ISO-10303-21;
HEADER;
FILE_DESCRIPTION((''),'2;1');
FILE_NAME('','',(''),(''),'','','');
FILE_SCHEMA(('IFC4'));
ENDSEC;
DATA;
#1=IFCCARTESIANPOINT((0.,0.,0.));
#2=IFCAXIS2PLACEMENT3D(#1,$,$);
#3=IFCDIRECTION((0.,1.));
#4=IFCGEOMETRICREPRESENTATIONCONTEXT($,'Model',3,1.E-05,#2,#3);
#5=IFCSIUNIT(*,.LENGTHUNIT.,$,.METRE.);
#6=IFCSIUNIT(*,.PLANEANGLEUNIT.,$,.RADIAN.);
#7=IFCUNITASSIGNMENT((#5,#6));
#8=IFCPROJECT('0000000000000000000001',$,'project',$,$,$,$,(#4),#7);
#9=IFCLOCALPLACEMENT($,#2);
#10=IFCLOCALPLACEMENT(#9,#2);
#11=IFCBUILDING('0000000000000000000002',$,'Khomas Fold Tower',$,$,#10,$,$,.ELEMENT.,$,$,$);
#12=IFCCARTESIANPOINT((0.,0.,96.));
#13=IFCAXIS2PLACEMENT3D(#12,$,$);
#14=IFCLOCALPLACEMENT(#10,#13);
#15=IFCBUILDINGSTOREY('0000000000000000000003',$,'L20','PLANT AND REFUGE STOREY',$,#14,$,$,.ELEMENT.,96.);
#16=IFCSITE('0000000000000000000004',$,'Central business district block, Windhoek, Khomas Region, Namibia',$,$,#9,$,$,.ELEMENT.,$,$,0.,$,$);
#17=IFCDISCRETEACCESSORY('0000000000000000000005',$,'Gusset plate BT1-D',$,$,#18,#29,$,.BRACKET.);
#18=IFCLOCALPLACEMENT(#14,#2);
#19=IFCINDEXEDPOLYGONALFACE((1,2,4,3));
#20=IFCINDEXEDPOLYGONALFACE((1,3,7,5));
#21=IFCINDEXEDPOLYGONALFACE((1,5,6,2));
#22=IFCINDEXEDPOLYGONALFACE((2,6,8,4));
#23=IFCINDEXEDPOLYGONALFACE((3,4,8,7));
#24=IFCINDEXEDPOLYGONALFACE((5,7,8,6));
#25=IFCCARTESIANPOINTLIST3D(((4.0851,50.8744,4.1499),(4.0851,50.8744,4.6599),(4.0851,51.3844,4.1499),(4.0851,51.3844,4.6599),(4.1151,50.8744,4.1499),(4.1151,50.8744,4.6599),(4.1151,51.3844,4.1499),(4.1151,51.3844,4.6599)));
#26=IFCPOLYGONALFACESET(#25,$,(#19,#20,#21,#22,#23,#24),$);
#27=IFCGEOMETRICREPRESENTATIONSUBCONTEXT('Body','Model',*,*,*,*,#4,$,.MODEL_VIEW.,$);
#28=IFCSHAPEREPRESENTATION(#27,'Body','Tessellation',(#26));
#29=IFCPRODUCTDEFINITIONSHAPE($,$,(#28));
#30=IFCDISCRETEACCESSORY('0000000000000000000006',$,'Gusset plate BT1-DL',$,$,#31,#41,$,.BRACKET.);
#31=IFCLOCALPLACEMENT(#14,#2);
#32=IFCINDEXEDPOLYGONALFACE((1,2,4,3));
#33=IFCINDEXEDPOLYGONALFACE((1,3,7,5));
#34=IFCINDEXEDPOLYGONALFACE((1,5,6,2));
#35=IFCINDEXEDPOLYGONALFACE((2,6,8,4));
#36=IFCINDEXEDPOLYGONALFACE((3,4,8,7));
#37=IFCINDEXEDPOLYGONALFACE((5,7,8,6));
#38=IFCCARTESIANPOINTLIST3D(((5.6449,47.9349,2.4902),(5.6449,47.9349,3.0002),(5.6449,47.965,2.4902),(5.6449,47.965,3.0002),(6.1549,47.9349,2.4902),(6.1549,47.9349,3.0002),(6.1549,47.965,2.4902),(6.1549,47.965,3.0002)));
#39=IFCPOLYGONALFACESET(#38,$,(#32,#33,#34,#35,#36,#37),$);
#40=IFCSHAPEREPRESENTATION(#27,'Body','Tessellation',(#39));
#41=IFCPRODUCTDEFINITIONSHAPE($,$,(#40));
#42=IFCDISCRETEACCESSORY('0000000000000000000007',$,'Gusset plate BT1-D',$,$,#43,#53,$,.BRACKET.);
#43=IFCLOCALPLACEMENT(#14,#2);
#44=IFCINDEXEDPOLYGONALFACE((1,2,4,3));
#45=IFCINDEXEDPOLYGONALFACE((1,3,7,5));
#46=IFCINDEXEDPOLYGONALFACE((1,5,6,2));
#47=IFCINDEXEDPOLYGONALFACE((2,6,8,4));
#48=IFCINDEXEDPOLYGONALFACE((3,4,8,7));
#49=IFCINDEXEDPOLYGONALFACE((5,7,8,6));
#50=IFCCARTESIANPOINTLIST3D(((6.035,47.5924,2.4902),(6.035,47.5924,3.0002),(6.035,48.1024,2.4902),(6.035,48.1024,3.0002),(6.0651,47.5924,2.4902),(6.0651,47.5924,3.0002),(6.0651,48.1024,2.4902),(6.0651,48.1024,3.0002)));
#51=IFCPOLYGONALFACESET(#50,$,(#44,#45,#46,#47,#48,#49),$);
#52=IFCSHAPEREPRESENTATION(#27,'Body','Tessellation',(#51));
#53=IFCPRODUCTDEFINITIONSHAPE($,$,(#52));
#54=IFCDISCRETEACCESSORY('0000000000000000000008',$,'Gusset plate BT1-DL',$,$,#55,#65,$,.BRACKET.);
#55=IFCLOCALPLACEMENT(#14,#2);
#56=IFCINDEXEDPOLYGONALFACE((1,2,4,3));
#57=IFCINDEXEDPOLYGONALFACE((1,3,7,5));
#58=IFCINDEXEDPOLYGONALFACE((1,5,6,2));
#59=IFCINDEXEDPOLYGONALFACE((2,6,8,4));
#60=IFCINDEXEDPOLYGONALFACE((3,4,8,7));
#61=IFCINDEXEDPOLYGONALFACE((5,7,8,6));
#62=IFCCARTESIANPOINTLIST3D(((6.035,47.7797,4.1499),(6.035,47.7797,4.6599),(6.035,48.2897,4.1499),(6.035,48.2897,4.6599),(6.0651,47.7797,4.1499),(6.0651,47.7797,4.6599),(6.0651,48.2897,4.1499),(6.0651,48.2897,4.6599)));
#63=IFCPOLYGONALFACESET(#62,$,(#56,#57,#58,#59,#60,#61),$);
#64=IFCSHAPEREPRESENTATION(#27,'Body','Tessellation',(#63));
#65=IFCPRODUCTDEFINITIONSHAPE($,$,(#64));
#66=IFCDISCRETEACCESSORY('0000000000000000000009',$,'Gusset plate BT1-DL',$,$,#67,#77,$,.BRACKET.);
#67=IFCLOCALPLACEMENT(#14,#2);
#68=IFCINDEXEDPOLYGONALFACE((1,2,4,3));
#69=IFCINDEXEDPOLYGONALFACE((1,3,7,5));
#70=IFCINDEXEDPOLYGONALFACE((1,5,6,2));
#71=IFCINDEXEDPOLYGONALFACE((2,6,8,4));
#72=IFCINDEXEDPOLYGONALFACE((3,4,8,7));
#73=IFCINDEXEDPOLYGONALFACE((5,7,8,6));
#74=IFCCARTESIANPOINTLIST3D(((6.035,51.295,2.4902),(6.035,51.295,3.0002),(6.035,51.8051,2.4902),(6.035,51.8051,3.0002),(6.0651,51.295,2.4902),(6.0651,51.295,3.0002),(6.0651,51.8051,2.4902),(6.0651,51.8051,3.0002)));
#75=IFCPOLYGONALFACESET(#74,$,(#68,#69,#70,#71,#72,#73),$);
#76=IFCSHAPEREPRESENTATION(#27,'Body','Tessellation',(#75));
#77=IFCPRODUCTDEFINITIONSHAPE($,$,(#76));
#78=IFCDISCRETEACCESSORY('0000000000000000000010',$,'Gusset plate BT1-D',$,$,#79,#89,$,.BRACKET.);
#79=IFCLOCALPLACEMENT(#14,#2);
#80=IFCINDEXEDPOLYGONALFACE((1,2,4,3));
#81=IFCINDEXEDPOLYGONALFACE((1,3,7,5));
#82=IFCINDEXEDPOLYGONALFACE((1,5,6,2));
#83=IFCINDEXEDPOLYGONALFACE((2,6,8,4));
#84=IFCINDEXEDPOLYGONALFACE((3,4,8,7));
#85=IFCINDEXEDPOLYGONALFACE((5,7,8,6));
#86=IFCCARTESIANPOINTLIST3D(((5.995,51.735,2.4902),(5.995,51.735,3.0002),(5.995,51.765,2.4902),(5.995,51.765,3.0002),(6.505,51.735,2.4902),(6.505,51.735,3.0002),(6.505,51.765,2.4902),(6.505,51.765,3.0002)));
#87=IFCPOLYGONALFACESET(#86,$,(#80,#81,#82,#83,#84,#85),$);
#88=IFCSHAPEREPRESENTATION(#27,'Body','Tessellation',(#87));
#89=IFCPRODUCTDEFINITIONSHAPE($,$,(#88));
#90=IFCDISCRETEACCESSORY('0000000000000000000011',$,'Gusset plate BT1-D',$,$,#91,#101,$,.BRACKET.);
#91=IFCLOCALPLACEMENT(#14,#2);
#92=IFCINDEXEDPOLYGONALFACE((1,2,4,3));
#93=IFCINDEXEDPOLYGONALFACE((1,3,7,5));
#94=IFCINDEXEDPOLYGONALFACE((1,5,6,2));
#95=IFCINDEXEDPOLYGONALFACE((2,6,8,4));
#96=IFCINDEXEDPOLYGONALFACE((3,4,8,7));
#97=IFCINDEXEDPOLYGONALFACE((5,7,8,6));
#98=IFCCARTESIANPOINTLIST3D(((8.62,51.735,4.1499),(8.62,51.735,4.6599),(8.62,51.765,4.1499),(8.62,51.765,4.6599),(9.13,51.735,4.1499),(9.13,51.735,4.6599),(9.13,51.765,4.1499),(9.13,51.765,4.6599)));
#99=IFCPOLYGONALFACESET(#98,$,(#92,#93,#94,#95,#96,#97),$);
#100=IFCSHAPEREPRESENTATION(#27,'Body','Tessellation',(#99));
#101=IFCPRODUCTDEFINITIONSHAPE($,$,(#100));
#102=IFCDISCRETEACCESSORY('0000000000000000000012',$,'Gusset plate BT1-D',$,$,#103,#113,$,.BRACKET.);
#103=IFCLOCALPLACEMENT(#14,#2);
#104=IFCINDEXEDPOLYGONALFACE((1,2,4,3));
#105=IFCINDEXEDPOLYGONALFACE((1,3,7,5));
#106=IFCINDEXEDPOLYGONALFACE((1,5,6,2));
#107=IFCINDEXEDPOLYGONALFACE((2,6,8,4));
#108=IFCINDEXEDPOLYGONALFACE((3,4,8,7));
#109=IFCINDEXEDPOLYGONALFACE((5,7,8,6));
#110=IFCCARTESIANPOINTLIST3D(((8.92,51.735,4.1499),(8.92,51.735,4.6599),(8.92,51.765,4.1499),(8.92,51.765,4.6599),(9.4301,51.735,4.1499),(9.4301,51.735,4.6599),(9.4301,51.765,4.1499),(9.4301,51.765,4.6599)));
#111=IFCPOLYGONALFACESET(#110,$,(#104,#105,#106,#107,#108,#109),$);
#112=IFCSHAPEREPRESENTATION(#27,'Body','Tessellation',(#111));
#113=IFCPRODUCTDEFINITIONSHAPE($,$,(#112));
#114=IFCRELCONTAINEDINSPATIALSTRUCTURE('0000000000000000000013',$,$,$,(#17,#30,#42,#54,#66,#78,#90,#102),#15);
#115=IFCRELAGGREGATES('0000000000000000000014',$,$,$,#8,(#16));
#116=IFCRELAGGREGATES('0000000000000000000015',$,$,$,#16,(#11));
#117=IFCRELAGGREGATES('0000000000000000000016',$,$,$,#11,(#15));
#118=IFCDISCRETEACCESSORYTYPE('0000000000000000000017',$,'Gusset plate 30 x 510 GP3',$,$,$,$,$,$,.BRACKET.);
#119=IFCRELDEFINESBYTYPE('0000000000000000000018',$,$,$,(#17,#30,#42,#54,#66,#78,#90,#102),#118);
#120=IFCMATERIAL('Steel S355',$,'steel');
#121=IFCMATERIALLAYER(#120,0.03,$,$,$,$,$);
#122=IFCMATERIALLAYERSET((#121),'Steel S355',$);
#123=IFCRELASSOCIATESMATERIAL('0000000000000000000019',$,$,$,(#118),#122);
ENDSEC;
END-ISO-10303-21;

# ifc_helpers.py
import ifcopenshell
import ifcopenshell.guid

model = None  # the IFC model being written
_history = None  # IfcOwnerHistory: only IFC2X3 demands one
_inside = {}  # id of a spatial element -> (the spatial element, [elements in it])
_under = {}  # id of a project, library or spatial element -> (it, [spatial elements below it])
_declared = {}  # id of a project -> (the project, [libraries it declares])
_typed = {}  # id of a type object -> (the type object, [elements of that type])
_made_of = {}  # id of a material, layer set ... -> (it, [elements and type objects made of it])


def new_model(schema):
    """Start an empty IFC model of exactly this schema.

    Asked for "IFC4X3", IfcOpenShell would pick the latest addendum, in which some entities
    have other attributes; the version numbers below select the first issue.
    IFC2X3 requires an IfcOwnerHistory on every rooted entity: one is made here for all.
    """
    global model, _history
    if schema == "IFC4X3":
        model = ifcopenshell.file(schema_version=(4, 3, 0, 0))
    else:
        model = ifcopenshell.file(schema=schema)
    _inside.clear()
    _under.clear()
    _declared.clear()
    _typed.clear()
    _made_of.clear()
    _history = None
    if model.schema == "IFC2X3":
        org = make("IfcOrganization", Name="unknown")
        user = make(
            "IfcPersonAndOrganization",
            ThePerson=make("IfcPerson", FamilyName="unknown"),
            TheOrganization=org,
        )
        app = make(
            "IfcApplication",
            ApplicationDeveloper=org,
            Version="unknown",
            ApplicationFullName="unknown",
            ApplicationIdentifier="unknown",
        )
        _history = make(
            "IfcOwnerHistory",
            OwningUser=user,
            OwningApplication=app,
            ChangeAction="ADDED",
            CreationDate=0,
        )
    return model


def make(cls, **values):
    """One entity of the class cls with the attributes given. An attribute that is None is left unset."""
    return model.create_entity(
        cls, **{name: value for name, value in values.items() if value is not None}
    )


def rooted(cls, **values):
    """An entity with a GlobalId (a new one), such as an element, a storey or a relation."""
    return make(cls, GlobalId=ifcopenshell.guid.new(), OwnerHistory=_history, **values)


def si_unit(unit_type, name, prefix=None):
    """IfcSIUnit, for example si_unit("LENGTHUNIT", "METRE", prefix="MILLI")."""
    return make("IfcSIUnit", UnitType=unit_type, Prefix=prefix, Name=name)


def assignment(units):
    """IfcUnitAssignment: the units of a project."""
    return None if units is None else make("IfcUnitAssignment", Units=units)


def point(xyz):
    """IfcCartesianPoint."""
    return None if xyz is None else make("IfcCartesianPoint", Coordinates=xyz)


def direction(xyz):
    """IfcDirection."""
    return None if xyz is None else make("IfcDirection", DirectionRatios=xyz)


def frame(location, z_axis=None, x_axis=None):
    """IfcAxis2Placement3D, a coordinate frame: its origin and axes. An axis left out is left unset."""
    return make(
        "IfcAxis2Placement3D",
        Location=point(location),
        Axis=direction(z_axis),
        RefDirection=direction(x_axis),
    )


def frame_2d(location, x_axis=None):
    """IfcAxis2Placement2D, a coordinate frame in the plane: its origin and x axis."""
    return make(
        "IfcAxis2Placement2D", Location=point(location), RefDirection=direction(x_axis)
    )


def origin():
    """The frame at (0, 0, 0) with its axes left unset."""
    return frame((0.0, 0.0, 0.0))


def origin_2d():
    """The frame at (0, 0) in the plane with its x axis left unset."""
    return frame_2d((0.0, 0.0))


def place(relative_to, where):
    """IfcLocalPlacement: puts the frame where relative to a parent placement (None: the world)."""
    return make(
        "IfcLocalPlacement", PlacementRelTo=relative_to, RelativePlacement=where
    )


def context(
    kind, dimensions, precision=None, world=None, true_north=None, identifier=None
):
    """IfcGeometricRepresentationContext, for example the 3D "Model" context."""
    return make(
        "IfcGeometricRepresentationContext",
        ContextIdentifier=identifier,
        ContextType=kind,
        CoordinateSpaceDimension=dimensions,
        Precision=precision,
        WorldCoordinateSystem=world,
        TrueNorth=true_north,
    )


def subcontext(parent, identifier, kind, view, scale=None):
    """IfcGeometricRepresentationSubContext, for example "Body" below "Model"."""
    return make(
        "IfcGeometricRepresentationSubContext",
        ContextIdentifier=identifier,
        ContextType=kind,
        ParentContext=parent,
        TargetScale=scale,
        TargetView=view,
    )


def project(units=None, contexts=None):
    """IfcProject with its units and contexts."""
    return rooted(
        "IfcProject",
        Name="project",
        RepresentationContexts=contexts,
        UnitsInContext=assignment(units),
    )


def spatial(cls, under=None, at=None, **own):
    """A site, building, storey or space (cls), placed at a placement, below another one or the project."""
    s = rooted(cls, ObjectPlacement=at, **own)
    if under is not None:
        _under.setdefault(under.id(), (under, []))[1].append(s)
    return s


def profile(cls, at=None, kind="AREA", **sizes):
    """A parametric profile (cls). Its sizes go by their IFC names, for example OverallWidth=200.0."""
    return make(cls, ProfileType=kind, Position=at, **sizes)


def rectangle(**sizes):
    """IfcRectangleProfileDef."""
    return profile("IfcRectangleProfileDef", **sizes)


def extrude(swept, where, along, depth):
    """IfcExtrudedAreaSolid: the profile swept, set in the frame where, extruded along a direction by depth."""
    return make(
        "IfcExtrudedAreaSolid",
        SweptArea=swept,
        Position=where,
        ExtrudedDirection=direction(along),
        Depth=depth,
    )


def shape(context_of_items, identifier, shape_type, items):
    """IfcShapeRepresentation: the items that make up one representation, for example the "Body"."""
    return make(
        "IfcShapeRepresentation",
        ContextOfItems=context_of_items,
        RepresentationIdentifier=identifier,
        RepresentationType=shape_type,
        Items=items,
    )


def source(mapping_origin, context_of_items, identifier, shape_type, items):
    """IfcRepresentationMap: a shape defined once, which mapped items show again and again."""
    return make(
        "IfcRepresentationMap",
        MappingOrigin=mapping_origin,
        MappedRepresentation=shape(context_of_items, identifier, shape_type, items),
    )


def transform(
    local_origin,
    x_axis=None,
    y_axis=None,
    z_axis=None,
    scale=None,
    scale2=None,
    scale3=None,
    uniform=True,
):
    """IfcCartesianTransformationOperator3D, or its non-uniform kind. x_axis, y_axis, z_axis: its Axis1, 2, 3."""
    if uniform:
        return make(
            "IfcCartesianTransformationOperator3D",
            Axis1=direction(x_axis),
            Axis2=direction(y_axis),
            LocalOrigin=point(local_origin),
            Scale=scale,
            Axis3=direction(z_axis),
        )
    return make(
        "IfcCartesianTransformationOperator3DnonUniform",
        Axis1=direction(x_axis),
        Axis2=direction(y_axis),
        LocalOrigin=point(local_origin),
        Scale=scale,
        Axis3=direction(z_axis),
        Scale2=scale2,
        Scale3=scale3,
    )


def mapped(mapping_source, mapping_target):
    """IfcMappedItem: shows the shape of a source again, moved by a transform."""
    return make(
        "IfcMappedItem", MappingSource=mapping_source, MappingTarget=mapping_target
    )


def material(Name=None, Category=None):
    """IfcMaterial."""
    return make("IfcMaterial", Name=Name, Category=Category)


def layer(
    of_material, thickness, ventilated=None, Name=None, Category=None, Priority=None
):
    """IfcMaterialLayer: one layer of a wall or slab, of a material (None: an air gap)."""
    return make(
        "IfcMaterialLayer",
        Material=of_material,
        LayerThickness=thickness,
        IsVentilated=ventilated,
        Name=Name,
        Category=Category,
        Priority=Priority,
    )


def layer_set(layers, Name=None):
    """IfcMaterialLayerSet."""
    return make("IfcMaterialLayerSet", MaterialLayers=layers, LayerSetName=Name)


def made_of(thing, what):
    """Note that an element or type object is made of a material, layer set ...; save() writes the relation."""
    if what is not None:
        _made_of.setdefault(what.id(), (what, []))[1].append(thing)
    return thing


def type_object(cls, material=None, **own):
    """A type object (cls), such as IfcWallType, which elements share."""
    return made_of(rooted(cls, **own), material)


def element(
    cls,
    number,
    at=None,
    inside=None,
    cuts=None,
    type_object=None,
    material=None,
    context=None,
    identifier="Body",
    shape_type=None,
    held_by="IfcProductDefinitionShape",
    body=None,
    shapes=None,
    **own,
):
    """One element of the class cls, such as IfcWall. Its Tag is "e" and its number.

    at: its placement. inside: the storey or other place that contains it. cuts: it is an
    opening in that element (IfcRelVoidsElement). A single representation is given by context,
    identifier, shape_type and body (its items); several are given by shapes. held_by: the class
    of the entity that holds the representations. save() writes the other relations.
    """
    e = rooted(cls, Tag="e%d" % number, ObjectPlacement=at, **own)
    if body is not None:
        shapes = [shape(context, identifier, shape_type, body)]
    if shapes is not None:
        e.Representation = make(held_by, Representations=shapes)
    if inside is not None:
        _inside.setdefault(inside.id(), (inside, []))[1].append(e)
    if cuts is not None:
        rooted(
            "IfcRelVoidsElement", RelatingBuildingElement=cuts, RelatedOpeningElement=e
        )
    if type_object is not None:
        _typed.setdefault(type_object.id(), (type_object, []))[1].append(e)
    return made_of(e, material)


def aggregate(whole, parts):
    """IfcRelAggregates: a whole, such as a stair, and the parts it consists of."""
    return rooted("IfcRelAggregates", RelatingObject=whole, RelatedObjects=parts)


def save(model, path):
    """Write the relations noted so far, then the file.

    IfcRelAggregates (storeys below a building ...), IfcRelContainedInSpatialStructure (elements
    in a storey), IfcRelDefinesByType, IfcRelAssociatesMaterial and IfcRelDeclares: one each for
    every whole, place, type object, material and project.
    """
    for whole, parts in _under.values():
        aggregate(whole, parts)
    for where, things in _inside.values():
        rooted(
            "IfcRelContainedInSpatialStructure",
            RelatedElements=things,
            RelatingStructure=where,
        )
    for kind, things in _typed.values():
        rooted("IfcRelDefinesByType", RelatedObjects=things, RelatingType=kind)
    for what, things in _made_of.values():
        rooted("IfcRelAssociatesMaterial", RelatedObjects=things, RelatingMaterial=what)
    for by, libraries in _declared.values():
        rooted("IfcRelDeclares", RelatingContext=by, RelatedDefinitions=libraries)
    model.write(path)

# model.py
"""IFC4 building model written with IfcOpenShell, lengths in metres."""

from ifc_helpers import new_model, si_unit, direction, frame, origin, origin_2d, place, context, subcontext, project, spatial, rectangle, extrude, source, transform, mapped, material, layer, layer_set, type_object, element, save


model = new_model("IFC4")

# Units and contexts
model_context = context("Model", 3, precision=1e-05, world=origin(), true_north=direction((0.0, 1.0)))
body_context = subcontext(model_context, "Body", "Model", "MODEL_VIEW")
ifc_project = project(units=[si_unit("LENGTHUNIT", "METRE"), si_unit("PLANEANGLEUNIT", "RADIAN")], contexts=[model_context])

# Site, building, storey
site_placement = place(None, origin())
site = spatial("IfcSite", under=ifc_project, at=site_placement, Name="Central business district block, Windhoek, Khomas Region, Namibia", CompositionType="ELEMENT", RefElevation=0.0)
building_placement = place(site_placement, origin())
building = spatial("IfcBuilding", under=site, at=building_placement, Name="Khomas Fold Tower", CompositionType="ELEMENT")
storey_placement = place(building_placement, frame((0.0, 0.0, 96.0)))
storey = spatial("IfcBuildingStorey", under=building, at=storey_placement, Name="L20", Description="PLANT AND REFUGE STOREY", CompositionType="ELEMENT", Elevation=96.0)

# Discrete accessories
ifc_material_1 = material(Name="Steel S355", Category="steel")
ifc_layer_1 = layer(ifc_material_1, 0.03)
ifc_layer_set_1 = layer_set([ifc_layer_1], Name="Steel S355")
discrete_accessory_type = type_object("IfcDiscreteAccessoryType", Name="Gusset plate 30 x 510 GP3", PredefinedType="BRACKET", material=ifc_layer_set_1)
shared_shape_1 = source(origin(), body_context, "Body", "SweptSolid", [
    extrude(rectangle(XDim=0.51, YDim=0.03, at=origin_2d()), origin(), (0.0, 0.0, 1.0), 0.51),
])
for number, where, z_axis, x_axis, name in (
    (1, (4.1001, 51.1294, 4.1499), (0.0, 0.0, 1.0), (0.0, 1.0, 0.0), "Gusset plate BT1-D"),
    (2, (5.8999, 47.95, 2.4902), (0.0, 0.0, 1.0), (1.0, 0.0, 0.0), "Gusset plate BT1-DL"),
    (3, (6.05, 47.8474, 2.4902), (0.0, 0.0, 1.0), (0.0, 1.0, 0.0), "Gusset plate BT1-D"),
    (4, (6.05, 48.0347, 4.1499), (0.0, 0.0, 1.0), (0.0, 1.0, 0.0), "Gusset plate BT1-DL"),
    (5, (6.05, 51.55, 2.4902), (0.0, 0.0, 1.0), (0.0, 1.0, 0.0), "Gusset plate BT1-DL"),
    (6, (6.25, 51.75, 2.4902), (0.0, 0.0, 1.0), (1.0, 0.0, 0.0), "Gusset plate BT1-D"),
    (7, (8.875, 51.75, 4.1499), (0.0, 0.0, 1.0), (1.0, 0.0, 0.0), "Gusset plate BT1-D"),
    (8, (9.175, 51.75, 4.1499), (0.0, 0.0, 1.0), (1.0, 0.0, 0.0), "Gusset plate BT1-D"),
):
    element("IfcDiscreteAccessory", number, at=place(storey_placement, frame(where, z_axis=z_axis, x_axis=x_axis)), inside=storey, type_object=discrete_accessory_type, Name=name, PredefinedType="BRACKET", context=body_context, shape_type="MappedRepresentation", body=[
        mapped(shared_shape_1, transform((0.0, 0.0, 0.0))),
    ])

save(model, "model.ifc")
